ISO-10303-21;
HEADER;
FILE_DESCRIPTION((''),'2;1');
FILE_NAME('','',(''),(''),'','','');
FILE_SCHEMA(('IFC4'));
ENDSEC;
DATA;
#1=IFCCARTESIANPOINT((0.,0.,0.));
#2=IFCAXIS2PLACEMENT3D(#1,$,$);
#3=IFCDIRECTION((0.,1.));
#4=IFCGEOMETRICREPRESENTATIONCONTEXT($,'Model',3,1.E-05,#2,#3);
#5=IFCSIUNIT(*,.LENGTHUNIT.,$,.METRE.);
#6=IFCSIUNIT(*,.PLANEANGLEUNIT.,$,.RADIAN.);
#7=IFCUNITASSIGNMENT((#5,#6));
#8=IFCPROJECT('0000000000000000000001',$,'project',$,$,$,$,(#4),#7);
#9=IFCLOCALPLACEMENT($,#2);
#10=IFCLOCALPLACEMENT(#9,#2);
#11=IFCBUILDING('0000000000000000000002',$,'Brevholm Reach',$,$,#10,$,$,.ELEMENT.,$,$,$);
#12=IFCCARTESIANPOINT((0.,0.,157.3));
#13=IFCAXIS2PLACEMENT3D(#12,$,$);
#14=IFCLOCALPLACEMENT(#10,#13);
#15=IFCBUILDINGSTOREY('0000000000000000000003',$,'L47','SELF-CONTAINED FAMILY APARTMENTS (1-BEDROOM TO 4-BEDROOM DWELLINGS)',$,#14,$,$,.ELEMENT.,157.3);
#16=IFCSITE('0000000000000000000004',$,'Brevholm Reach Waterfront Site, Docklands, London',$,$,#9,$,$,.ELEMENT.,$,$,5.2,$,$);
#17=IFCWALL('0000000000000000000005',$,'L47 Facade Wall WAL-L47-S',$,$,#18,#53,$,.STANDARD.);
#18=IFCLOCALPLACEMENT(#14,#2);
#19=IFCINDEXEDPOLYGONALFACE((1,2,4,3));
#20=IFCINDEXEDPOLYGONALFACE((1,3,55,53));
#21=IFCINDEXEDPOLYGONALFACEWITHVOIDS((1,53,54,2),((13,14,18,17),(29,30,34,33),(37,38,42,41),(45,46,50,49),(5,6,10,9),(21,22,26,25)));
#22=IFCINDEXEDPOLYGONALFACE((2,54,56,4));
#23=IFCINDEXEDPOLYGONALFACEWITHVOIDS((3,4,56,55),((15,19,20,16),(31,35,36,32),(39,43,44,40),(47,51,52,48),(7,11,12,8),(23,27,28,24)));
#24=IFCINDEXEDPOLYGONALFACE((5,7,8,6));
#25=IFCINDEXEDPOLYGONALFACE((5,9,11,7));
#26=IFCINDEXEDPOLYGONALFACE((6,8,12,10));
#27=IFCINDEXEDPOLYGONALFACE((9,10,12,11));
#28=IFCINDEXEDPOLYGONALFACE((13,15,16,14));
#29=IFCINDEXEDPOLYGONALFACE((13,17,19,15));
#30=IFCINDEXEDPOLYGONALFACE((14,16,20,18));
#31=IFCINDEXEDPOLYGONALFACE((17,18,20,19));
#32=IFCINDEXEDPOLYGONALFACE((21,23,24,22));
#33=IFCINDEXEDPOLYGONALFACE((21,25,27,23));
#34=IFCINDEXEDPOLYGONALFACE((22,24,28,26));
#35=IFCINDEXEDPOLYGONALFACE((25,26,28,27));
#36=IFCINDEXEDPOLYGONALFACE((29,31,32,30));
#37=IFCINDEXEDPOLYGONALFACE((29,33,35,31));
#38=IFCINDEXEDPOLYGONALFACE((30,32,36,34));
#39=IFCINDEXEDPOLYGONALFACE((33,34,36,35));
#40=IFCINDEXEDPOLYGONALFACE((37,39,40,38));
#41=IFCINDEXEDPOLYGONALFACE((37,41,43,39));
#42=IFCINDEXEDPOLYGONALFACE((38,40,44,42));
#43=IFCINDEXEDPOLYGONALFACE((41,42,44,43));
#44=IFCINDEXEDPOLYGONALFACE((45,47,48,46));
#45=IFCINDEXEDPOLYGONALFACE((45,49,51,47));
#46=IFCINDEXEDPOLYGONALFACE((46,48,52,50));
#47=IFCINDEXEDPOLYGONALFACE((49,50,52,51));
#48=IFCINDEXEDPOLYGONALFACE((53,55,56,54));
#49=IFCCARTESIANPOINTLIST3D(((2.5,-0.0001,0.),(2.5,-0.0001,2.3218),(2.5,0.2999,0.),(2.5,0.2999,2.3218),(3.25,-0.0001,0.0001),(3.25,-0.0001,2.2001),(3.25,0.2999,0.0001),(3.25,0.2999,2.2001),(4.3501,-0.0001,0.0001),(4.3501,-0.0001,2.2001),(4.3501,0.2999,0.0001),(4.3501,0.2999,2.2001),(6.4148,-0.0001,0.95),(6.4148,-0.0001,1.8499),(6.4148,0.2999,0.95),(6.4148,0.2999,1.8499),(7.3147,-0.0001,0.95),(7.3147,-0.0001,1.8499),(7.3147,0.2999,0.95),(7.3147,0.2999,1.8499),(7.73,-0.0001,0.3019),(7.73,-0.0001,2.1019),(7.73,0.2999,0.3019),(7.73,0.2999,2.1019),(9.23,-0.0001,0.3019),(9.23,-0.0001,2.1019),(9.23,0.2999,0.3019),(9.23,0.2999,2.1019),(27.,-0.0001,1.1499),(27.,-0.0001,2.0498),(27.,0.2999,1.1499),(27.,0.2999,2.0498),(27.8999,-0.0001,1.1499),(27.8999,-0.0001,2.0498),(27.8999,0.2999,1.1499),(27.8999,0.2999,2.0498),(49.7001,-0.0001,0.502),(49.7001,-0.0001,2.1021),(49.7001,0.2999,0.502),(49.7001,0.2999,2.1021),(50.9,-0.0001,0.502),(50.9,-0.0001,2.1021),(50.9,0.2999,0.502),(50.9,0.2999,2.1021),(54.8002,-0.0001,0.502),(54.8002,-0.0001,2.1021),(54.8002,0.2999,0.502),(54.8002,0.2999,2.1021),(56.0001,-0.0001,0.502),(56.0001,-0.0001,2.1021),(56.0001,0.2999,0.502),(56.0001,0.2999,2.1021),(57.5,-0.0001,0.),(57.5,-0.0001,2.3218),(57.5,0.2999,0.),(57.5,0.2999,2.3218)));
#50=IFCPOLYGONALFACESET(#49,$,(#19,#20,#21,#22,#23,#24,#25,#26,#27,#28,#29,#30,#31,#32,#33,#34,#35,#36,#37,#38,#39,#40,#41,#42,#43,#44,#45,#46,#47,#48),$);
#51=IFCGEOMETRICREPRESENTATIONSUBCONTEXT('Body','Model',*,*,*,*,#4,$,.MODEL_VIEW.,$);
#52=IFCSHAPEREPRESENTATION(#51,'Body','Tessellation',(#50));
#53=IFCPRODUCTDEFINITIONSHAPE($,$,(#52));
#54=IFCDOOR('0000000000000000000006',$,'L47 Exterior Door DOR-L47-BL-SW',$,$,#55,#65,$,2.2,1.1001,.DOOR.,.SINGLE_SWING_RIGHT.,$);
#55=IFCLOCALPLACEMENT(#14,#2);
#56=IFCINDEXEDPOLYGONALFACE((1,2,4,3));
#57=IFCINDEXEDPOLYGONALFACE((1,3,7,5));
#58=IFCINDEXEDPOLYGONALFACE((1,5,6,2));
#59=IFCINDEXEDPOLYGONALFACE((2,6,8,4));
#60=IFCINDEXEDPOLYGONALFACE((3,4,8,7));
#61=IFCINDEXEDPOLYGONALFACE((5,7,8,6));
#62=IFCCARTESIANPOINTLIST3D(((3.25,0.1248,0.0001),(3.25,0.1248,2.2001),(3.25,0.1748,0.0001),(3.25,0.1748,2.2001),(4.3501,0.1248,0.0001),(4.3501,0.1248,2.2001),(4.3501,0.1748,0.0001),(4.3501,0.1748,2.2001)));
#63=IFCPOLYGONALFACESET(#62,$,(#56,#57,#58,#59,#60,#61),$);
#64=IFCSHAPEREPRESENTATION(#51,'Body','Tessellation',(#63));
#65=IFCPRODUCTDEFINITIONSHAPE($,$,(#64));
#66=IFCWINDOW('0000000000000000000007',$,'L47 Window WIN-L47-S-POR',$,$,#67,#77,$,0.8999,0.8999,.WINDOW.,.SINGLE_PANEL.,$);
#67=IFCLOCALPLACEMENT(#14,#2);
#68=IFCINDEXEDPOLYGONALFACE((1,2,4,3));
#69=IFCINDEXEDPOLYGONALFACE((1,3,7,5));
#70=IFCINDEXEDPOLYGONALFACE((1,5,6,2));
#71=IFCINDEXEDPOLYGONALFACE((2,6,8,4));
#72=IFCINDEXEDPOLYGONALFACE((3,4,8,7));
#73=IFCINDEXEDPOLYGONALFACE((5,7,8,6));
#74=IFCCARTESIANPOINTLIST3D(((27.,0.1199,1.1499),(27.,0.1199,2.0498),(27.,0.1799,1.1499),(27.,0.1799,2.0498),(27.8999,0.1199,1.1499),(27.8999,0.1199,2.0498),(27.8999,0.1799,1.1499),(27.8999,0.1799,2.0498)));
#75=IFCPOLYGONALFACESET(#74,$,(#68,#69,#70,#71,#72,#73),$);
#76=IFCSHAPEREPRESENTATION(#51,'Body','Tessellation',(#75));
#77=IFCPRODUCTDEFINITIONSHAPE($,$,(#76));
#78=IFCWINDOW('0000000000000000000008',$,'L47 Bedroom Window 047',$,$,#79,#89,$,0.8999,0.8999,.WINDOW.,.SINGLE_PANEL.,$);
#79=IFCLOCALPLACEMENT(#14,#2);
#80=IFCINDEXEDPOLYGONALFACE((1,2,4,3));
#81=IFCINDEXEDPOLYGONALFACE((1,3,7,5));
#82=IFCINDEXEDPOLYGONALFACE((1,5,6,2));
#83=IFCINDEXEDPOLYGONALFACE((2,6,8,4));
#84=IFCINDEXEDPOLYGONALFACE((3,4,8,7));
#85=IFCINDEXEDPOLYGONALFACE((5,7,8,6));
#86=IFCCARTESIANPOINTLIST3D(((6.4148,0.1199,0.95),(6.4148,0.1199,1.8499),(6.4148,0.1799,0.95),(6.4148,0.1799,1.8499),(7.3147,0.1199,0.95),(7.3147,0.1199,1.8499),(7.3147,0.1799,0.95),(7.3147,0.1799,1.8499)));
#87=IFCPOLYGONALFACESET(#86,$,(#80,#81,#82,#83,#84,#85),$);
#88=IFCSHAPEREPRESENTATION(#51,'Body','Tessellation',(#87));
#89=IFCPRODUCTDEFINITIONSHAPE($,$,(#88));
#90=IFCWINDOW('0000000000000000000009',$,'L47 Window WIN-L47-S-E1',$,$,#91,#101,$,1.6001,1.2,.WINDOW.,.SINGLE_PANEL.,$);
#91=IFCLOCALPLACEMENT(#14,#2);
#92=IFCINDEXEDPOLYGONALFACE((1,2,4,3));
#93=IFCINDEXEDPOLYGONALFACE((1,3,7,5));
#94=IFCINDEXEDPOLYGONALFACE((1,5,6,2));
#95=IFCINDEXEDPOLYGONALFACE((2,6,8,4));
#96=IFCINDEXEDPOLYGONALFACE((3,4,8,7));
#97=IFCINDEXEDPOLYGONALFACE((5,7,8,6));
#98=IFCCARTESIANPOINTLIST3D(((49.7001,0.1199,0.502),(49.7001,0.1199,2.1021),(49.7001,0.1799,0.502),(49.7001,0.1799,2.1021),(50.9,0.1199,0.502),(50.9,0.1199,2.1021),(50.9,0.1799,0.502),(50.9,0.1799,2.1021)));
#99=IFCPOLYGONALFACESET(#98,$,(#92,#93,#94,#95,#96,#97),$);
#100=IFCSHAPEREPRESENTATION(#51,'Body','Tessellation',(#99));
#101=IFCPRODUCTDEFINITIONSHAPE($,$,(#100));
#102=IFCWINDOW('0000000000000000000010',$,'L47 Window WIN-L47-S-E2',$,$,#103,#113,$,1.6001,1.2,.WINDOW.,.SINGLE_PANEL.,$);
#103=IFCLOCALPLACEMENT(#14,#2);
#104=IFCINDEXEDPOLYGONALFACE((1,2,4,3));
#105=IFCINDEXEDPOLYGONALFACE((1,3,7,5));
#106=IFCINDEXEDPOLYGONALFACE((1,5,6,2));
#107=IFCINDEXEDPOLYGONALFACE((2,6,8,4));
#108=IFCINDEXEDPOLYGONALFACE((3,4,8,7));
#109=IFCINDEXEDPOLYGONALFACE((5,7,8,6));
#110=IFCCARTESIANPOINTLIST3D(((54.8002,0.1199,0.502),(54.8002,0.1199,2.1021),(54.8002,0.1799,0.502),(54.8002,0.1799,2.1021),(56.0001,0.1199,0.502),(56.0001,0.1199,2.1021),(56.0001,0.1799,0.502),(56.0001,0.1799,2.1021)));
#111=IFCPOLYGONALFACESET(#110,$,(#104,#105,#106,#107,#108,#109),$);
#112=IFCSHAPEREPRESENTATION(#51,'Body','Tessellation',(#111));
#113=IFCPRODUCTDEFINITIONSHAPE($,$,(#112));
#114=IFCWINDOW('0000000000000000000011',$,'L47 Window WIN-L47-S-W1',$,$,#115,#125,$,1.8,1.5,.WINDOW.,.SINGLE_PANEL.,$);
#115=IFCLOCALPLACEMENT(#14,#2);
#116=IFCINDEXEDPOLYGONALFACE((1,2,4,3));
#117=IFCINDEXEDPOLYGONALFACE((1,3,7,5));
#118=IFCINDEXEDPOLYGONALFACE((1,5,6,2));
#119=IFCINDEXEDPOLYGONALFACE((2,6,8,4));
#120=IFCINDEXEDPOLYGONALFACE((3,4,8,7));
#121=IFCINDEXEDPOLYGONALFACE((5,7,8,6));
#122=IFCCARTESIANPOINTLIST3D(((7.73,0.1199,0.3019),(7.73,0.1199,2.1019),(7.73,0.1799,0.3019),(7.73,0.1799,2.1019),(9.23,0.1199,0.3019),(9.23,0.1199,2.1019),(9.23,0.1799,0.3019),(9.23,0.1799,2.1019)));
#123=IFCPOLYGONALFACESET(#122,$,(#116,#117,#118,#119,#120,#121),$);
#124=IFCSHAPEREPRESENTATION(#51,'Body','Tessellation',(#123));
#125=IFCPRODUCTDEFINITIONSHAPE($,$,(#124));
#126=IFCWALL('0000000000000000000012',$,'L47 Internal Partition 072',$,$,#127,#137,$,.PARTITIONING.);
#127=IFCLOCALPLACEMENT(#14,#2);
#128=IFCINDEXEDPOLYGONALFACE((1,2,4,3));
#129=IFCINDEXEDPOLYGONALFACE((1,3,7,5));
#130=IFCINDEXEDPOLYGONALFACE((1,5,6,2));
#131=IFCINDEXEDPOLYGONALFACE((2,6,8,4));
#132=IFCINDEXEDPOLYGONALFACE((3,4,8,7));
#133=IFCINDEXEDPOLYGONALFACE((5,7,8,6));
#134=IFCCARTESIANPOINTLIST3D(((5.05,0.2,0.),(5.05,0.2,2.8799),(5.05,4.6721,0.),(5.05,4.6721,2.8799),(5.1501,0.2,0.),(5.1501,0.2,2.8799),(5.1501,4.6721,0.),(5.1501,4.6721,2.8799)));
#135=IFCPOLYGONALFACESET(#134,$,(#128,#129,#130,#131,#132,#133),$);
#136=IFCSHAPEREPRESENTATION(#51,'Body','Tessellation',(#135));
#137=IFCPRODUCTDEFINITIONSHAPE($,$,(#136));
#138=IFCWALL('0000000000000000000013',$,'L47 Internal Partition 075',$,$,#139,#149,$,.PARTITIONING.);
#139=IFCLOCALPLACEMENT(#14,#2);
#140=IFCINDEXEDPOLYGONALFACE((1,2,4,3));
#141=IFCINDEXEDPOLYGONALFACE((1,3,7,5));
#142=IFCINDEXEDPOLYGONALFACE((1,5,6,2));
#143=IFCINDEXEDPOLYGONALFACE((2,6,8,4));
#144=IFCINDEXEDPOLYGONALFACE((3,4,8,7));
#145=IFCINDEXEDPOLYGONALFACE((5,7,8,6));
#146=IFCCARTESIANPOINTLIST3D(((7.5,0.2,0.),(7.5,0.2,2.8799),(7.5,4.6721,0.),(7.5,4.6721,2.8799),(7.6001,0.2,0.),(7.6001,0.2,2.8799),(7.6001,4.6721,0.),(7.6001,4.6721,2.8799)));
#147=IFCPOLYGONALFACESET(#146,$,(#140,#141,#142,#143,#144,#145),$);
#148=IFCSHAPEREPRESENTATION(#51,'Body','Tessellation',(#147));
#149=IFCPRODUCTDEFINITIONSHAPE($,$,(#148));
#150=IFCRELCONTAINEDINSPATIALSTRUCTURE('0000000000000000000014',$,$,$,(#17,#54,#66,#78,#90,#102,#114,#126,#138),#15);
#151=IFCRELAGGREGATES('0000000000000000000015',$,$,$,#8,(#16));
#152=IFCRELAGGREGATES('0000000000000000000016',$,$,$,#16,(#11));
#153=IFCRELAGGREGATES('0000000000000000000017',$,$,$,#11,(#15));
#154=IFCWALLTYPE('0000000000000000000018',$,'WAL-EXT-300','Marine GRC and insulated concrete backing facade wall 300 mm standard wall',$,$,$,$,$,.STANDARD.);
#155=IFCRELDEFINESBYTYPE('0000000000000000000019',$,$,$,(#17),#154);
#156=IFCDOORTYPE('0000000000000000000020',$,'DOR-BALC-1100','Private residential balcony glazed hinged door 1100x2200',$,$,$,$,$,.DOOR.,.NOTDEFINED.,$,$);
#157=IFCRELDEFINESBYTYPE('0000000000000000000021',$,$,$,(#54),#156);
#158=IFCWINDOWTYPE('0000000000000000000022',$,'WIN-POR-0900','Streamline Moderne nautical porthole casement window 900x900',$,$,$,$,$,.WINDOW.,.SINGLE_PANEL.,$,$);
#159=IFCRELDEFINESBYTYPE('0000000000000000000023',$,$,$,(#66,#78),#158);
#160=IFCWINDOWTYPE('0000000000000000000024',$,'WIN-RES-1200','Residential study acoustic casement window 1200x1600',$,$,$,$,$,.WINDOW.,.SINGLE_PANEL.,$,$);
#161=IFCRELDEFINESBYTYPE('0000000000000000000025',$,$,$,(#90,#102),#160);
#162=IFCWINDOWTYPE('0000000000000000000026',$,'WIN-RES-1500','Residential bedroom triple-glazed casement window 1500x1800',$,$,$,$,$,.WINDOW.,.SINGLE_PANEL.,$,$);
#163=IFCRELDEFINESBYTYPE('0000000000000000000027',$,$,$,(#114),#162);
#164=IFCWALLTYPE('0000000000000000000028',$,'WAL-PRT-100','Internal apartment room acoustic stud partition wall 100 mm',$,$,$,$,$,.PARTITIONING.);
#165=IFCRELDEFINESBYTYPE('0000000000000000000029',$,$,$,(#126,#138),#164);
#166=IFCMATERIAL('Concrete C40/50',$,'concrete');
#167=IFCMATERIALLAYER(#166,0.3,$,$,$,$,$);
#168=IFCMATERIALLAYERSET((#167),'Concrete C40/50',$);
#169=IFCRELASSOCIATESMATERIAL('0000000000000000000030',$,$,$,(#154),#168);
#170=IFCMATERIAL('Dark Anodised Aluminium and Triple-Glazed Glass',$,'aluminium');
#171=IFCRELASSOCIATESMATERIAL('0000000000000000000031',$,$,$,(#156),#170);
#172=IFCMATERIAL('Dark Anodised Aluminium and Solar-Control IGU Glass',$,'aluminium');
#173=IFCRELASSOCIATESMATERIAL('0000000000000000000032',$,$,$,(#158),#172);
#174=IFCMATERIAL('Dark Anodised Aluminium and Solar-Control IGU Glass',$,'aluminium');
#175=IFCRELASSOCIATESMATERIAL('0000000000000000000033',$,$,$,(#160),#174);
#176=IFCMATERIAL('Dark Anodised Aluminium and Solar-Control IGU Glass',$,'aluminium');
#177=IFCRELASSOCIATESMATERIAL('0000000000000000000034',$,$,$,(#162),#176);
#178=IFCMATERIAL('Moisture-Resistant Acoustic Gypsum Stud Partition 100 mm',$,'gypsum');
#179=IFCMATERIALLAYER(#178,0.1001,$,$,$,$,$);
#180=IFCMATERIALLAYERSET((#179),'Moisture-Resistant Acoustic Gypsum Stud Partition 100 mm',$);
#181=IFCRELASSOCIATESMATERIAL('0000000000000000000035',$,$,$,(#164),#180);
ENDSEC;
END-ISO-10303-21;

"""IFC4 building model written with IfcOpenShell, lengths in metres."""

from ifc_helpers import new_model, si_unit, direction, frame, frame_2d, origin, place, context, subcontext, project, spatial, rectangle, extrude, material, layer, layer_set, type_object, element, fill, save


model = new_model("IFC4")

# Units and contexts
model_context = context("Model", 3, precision=1e-05, world=origin(), true_north=direction((0.0, 1.0)))
body_context = subcontext(model_context, "Body", "Model", "MODEL_VIEW")
ifc_project = project(units=[si_unit("LENGTHUNIT", "METRE"), si_unit("PLANEANGLEUNIT", "RADIAN")], contexts=[model_context])

# Site, building, storey
site_placement = place(None, origin())
site = spatial("IfcSite", under=ifc_project, at=site_placement, Name="Brevholm Reach Waterfront Site, Docklands, London", CompositionType="ELEMENT", RefElevation=5.2)
building_placement = place(site_placement, origin())
building = spatial("IfcBuilding", under=site, at=building_placement, Name="Brevholm Reach", CompositionType="ELEMENT")
storey_placement = place(building_placement, frame((0.0, 0.0, 157.3)))
storey = spatial("IfcBuildingStorey", under=building, at=storey_placement, Name="L47", Description="SELF-CONTAINED FAMILY APARTMENTS (1-BEDROOM TO 4-BEDROOM DWELLINGS)", CompositionType="ELEMENT", Elevation=157.3)

# Wall, openings, door, windows
ifc_material_1 = material(Name="Concrete C40/50", Category="concrete")
ifc_layer_1 = layer(ifc_material_1, 0.3)
ifc_layer_set_1 = layer_set([ifc_layer_1], Name="Concrete C40/50")
wall_type_1 = type_object("IfcWallType", Name="WAL-EXT-300", Description="Marine GRC and insulated concrete backing facade wall 300 mm standard wall", PredefinedType="STANDARD", material=ifc_layer_set_1)
wall_1_placement = place(storey_placement, frame((2.5, 0.1499, 0.0), z_axis=(0.0, 0.0, 1.0), x_axis=(1.0, 0.0, 0.0)))
wall_1 = element("IfcWall", 1, at=wall_1_placement, inside=storey, type_object=wall_type_1, Name="L47 Facade Wall WAL-L47-S", PredefinedType="STANDARD", context=body_context, shape_type="SweptSolid", body=[
    extrude(rectangle(XDim=55.0, YDim=0.3, at=frame_2d((27.5, 0.0))), origin(), (0.0, 0.0, 1.0), 2.3218),
])
opening_1_placement = place(wall_1_placement, frame((0.75, 0.0, 0.0)))
opening_1 = element("IfcOpeningElement", 2, at=opening_1_placement, cuts=wall_1, PredefinedType="OPENING", context=body_context, shape_type="SweptSolid", body=[
    extrude(rectangle(XDim=1.1001, YDim=2.2, at=frame_2d((0.55, 1.1001))), frame((0.0, 0.1599, 0.0), z_axis=(0.0, -1.0, 0.0), x_axis=(1.0, 0.0, 0.0)), (0.0, 0.0, 1.0), 0.3201),
])
opening_2_placement = place(wall_1_placement, frame((5.23, 0.0, 0.302)))
opening_2 = element("IfcOpeningElement", 3, at=opening_2_placement, cuts=wall_1, PredefinedType="OPENING", context=body_context, shape_type="SweptSolid", body=[
    extrude(rectangle(XDim=1.5, YDim=1.8, at=frame_2d((0.75, 0.8999))), frame((0.0, 0.1599, 0.0), z_axis=(0.0, -1.0, 0.0), x_axis=(1.0, 0.0, 0.0)), (0.0, 0.0, 1.0), 0.3201),
])
opening_3_placement = place(wall_1_placement, frame((24.5, 0.0, 1.1499)))
opening_3 = element("IfcOpeningElement", 4, at=opening_3_placement, cuts=wall_1, PredefinedType="OPENING", context=body_context, shape_type="SweptSolid", body=[
    extrude(rectangle(XDim=0.8999, YDim=0.8999, at=frame_2d((0.45, 0.45))), frame((0.0, 0.1599, 0.0), z_axis=(0.0, -1.0, 0.0), x_axis=(1.0, 0.0, 0.0)), (0.0, 0.0, 1.0), 0.3201),
])
opening_4_placement = place(wall_1_placement, frame((47.2, 0.0, 0.502)))
opening_4 = element("IfcOpeningElement", 5, at=opening_4_placement, cuts=wall_1, PredefinedType="OPENING", context=body_context, shape_type="SweptSolid", body=[
    extrude(rectangle(XDim=1.2, YDim=1.6001, at=frame_2d((0.6001, 0.8))), frame((0.0, 0.1599, 0.0), z_axis=(0.0, -1.0, 0.0), x_axis=(1.0, 0.0, 0.0)), (0.0, 0.0, 1.0), 0.3201),
])
opening_5_placement = place(wall_1_placement, frame((52.3, 0.0, 0.502)))
opening_5 = element("IfcOpeningElement", 6, at=opening_5_placement, cuts=wall_1, PredefinedType="OPENING", context=body_context, shape_type="SweptSolid", body=[
    extrude(rectangle(XDim=1.2, YDim=1.6001, at=frame_2d((0.6001, 0.8))), frame((0.0, 0.1599, 0.0), z_axis=(0.0, -1.0, 0.0), x_axis=(1.0, 0.0, 0.0)), (0.0, 0.0, 1.0), 0.3201),
])
opening_6_placement = place(wall_1_placement, frame((3.9148, 0.0, 0.95)))
opening_6 = element("IfcOpeningElement", 7, at=opening_6_placement, cuts=wall_1, PredefinedType="OPENING", context=body_context, shape_type="SweptSolid", body=[
    extrude(rectangle(XDim=0.8999, YDim=0.8999, at=frame_2d((0.45, 0.45))), frame((0.0, 0.1599, 0.0), z_axis=(0.0, -1.0, 0.0), x_axis=(1.0, 0.0, 0.0)), (0.0, 0.0, 1.0), 0.3201),
])
ifc_material_2 = material(Name="Dark Anodised Aluminium and Triple-Glazed Glass", Category="aluminium")
door_type_1 = type_object("IfcDoorType", Name="DOR-BALC-1100", Description="Private residential balcony glazed hinged door 1100x2200", OperationType="NOTDEFINED", PredefinedType="DOOR", material=ifc_material_2)
door_1_placement = place(opening_1_placement, origin())
door_1 = element("IfcDoor", 8, at=door_1_placement, inside=storey, type_object=door_type_1, Name="L47 Exterior Door DOR-L47-BL-SW", OperationType="SINGLE_SWING_RIGHT", OverallHeight=2.2, OverallWidth=1.1001, PredefinedType="DOOR", context=body_context, shape_type="SweptSolid", body=[
    extrude(rectangle(XDim=1.1001, YDim=2.2, at=frame_2d((0.55, 1.1001))), frame((0.0, 0.0249, 0.0), z_axis=(0.0, -1.0, 0.0), x_axis=(1.0, 0.0, 0.0)), (0.0, 0.0, 1.0), 0.05),
])
fill(opening_1, door_1)
ifc_material_3 = material(Name="Dark Anodised Aluminium and Solar-Control IGU Glass", Category="aluminium")
window_type_1 = type_object("IfcWindowType", Name="WIN-POR-0900", Description="Streamline Moderne nautical porthole casement window 900x900", PartitioningType="SINGLE_PANEL", PredefinedType="WINDOW", material=ifc_material_3)
window_1_placement = place(opening_3_placement, origin())
window_1 = element("IfcWindow", 9, at=window_1_placement, inside=storey, type_object=window_type_1, Name="L47 Window WIN-L47-S-POR", OverallHeight=0.8999, OverallWidth=0.8999, PartitioningType="SINGLE_PANEL", PredefinedType="WINDOW", context=body_context, shape_type="SweptSolid", body=[
    extrude(rectangle(XDim=0.8999, YDim=0.8999, at=frame_2d((0.45, 0.45))), frame((0.0, 0.03, 0.0), z_axis=(0.0, -1.0, 0.0), x_axis=(1.0, 0.0, 0.0)), (0.0, 0.0, 1.0), 0.0601),
])
fill(opening_3, window_1)
window_2_placement = place(opening_6_placement, origin())
window_2 = element("IfcWindow", 10, at=window_2_placement, inside=storey, type_object=window_type_1, Name="L47 Bedroom Window 047", OverallHeight=0.8999, OverallWidth=0.8999, PartitioningType="SINGLE_PANEL", PredefinedType="WINDOW", context=body_context, shape_type="SweptSolid", body=[
    extrude(rectangle(XDim=0.8999, YDim=0.8999, at=frame_2d((0.45, 0.45))), frame((0.0, 0.03, 0.0), z_axis=(0.0, -1.0, 0.0), x_axis=(1.0, 0.0, 0.0)), (0.0, 0.0, 1.0), 0.0601),
])
fill(opening_6, window_2)
ifc_material_4 = material(Name="Dark Anodised Aluminium and Solar-Control IGU Glass", Category="aluminium")
window_type_2 = type_object("IfcWindowType", Name="WIN-RES-1200", Description="Residential study acoustic casement window 1200x1600", PartitioningType="SINGLE_PANEL", PredefinedType="WINDOW", material=ifc_material_4)
window_3_placement = place(opening_4_placement, origin())
window_3 = element("IfcWindow", 11, at=window_3_placement, inside=storey, type_object=window_type_2, Name="L47 Window WIN-L47-S-E1", OverallHeight=1.6001, OverallWidth=1.2, PartitioningType="SINGLE_PANEL", PredefinedType="WINDOW", context=body_context, shape_type="SweptSolid", body=[
    extrude(rectangle(XDim=1.2, YDim=1.6001, at=frame_2d((0.6001, 0.8))), frame((0.0, 0.03, 0.0), z_axis=(0.0, -1.0, 0.0), x_axis=(1.0, 0.0, 0.0)), (0.0, 0.0, 1.0), 0.0601),
])
fill(opening_4, window_3)
window_4_placement = place(opening_5_placement, origin())
window_4 = element("IfcWindow", 12, at=window_4_placement, inside=storey, type_object=window_type_2, Name="L47 Window WIN-L47-S-E2", OverallHeight=1.6001, OverallWidth=1.2, PartitioningType="SINGLE_PANEL", PredefinedType="WINDOW", context=body_context, shape_type="SweptSolid", body=[
    extrude(rectangle(XDim=1.2, YDim=1.6001, at=frame_2d((0.6001, 0.8))), frame((0.0, 0.03, 0.0), z_axis=(0.0, -1.0, 0.0), x_axis=(1.0, 0.0, 0.0)), (0.0, 0.0, 1.0), 0.0601),
])
fill(opening_5, window_4)
ifc_material_5 = material(Name="Dark Anodised Aluminium and Solar-Control IGU Glass", Category="aluminium")
window_type_3 = type_object("IfcWindowType", Name="WIN-RES-1500", Description="Residential bedroom triple-glazed casement window 1500x1800", PartitioningType="SINGLE_PANEL", PredefinedType="WINDOW", material=ifc_material_5)
window_5_placement = place(opening_2_placement, origin())
window_5 = element("IfcWindow", 13, at=window_5_placement, inside=storey, type_object=window_type_3, Name="L47 Window WIN-L47-S-W1", OverallHeight=1.8, OverallWidth=1.5, PartitioningType="SINGLE_PANEL", PredefinedType="WINDOW", context=body_context, shape_type="SweptSolid", body=[
    extrude(rectangle(XDim=1.5, YDim=1.8, at=frame_2d((0.75, 0.8999))), frame((0.0, 0.03, 0.0), z_axis=(0.0, -1.0, 0.0), x_axis=(1.0, 0.0, 0.0)), (0.0, 0.0, 1.0), 0.0601),
])
fill(opening_2, window_5)

# Walls
ifc_material_6 = material(Name="Moisture-Resistant Acoustic Gypsum Stud Partition 100 mm", Category="gypsum")
ifc_layer_2 = layer(ifc_material_6, 0.1001)
ifc_layer_set_2 = layer_set([ifc_layer_2], Name="Moisture-Resistant Acoustic Gypsum Stud Partition 100 mm")
wall_type_2 = type_object("IfcWallType", Name="WAL-PRT-100", Description="Internal apartment room acoustic stud partition wall 100 mm", PredefinedType="PARTITIONING", material=ifc_layer_set_2)
for number, where, z_axis, x_axis, name in (
    (14, (5.1001, 0.2, 0.0), (0.0, 0.0, 1.0), (0.0, 1.0, 0.0), "L47 Internal Partition 072"),
    (15, (7.55, 0.2, 0.0), (0.0, 0.0, 1.0), (0.0, 1.0, 0.0), "L47 Internal Partition 075"),
):
    element("IfcWall", number, at=place(storey_placement, frame(where, z_axis=z_axis, x_axis=x_axis)), inside=storey, type_object=wall_type_2, Name=name, PredefinedType="PARTITIONING", context=body_context, shape_type="SweptSolid", body=[
        extrude(rectangle(XDim=4.4722, YDim=0.1001, at=frame_2d((2.2361, 0.0))), origin(), (0.0, 0.0, 1.0), 2.8799),
    ])

save(model, "model.ifc")
